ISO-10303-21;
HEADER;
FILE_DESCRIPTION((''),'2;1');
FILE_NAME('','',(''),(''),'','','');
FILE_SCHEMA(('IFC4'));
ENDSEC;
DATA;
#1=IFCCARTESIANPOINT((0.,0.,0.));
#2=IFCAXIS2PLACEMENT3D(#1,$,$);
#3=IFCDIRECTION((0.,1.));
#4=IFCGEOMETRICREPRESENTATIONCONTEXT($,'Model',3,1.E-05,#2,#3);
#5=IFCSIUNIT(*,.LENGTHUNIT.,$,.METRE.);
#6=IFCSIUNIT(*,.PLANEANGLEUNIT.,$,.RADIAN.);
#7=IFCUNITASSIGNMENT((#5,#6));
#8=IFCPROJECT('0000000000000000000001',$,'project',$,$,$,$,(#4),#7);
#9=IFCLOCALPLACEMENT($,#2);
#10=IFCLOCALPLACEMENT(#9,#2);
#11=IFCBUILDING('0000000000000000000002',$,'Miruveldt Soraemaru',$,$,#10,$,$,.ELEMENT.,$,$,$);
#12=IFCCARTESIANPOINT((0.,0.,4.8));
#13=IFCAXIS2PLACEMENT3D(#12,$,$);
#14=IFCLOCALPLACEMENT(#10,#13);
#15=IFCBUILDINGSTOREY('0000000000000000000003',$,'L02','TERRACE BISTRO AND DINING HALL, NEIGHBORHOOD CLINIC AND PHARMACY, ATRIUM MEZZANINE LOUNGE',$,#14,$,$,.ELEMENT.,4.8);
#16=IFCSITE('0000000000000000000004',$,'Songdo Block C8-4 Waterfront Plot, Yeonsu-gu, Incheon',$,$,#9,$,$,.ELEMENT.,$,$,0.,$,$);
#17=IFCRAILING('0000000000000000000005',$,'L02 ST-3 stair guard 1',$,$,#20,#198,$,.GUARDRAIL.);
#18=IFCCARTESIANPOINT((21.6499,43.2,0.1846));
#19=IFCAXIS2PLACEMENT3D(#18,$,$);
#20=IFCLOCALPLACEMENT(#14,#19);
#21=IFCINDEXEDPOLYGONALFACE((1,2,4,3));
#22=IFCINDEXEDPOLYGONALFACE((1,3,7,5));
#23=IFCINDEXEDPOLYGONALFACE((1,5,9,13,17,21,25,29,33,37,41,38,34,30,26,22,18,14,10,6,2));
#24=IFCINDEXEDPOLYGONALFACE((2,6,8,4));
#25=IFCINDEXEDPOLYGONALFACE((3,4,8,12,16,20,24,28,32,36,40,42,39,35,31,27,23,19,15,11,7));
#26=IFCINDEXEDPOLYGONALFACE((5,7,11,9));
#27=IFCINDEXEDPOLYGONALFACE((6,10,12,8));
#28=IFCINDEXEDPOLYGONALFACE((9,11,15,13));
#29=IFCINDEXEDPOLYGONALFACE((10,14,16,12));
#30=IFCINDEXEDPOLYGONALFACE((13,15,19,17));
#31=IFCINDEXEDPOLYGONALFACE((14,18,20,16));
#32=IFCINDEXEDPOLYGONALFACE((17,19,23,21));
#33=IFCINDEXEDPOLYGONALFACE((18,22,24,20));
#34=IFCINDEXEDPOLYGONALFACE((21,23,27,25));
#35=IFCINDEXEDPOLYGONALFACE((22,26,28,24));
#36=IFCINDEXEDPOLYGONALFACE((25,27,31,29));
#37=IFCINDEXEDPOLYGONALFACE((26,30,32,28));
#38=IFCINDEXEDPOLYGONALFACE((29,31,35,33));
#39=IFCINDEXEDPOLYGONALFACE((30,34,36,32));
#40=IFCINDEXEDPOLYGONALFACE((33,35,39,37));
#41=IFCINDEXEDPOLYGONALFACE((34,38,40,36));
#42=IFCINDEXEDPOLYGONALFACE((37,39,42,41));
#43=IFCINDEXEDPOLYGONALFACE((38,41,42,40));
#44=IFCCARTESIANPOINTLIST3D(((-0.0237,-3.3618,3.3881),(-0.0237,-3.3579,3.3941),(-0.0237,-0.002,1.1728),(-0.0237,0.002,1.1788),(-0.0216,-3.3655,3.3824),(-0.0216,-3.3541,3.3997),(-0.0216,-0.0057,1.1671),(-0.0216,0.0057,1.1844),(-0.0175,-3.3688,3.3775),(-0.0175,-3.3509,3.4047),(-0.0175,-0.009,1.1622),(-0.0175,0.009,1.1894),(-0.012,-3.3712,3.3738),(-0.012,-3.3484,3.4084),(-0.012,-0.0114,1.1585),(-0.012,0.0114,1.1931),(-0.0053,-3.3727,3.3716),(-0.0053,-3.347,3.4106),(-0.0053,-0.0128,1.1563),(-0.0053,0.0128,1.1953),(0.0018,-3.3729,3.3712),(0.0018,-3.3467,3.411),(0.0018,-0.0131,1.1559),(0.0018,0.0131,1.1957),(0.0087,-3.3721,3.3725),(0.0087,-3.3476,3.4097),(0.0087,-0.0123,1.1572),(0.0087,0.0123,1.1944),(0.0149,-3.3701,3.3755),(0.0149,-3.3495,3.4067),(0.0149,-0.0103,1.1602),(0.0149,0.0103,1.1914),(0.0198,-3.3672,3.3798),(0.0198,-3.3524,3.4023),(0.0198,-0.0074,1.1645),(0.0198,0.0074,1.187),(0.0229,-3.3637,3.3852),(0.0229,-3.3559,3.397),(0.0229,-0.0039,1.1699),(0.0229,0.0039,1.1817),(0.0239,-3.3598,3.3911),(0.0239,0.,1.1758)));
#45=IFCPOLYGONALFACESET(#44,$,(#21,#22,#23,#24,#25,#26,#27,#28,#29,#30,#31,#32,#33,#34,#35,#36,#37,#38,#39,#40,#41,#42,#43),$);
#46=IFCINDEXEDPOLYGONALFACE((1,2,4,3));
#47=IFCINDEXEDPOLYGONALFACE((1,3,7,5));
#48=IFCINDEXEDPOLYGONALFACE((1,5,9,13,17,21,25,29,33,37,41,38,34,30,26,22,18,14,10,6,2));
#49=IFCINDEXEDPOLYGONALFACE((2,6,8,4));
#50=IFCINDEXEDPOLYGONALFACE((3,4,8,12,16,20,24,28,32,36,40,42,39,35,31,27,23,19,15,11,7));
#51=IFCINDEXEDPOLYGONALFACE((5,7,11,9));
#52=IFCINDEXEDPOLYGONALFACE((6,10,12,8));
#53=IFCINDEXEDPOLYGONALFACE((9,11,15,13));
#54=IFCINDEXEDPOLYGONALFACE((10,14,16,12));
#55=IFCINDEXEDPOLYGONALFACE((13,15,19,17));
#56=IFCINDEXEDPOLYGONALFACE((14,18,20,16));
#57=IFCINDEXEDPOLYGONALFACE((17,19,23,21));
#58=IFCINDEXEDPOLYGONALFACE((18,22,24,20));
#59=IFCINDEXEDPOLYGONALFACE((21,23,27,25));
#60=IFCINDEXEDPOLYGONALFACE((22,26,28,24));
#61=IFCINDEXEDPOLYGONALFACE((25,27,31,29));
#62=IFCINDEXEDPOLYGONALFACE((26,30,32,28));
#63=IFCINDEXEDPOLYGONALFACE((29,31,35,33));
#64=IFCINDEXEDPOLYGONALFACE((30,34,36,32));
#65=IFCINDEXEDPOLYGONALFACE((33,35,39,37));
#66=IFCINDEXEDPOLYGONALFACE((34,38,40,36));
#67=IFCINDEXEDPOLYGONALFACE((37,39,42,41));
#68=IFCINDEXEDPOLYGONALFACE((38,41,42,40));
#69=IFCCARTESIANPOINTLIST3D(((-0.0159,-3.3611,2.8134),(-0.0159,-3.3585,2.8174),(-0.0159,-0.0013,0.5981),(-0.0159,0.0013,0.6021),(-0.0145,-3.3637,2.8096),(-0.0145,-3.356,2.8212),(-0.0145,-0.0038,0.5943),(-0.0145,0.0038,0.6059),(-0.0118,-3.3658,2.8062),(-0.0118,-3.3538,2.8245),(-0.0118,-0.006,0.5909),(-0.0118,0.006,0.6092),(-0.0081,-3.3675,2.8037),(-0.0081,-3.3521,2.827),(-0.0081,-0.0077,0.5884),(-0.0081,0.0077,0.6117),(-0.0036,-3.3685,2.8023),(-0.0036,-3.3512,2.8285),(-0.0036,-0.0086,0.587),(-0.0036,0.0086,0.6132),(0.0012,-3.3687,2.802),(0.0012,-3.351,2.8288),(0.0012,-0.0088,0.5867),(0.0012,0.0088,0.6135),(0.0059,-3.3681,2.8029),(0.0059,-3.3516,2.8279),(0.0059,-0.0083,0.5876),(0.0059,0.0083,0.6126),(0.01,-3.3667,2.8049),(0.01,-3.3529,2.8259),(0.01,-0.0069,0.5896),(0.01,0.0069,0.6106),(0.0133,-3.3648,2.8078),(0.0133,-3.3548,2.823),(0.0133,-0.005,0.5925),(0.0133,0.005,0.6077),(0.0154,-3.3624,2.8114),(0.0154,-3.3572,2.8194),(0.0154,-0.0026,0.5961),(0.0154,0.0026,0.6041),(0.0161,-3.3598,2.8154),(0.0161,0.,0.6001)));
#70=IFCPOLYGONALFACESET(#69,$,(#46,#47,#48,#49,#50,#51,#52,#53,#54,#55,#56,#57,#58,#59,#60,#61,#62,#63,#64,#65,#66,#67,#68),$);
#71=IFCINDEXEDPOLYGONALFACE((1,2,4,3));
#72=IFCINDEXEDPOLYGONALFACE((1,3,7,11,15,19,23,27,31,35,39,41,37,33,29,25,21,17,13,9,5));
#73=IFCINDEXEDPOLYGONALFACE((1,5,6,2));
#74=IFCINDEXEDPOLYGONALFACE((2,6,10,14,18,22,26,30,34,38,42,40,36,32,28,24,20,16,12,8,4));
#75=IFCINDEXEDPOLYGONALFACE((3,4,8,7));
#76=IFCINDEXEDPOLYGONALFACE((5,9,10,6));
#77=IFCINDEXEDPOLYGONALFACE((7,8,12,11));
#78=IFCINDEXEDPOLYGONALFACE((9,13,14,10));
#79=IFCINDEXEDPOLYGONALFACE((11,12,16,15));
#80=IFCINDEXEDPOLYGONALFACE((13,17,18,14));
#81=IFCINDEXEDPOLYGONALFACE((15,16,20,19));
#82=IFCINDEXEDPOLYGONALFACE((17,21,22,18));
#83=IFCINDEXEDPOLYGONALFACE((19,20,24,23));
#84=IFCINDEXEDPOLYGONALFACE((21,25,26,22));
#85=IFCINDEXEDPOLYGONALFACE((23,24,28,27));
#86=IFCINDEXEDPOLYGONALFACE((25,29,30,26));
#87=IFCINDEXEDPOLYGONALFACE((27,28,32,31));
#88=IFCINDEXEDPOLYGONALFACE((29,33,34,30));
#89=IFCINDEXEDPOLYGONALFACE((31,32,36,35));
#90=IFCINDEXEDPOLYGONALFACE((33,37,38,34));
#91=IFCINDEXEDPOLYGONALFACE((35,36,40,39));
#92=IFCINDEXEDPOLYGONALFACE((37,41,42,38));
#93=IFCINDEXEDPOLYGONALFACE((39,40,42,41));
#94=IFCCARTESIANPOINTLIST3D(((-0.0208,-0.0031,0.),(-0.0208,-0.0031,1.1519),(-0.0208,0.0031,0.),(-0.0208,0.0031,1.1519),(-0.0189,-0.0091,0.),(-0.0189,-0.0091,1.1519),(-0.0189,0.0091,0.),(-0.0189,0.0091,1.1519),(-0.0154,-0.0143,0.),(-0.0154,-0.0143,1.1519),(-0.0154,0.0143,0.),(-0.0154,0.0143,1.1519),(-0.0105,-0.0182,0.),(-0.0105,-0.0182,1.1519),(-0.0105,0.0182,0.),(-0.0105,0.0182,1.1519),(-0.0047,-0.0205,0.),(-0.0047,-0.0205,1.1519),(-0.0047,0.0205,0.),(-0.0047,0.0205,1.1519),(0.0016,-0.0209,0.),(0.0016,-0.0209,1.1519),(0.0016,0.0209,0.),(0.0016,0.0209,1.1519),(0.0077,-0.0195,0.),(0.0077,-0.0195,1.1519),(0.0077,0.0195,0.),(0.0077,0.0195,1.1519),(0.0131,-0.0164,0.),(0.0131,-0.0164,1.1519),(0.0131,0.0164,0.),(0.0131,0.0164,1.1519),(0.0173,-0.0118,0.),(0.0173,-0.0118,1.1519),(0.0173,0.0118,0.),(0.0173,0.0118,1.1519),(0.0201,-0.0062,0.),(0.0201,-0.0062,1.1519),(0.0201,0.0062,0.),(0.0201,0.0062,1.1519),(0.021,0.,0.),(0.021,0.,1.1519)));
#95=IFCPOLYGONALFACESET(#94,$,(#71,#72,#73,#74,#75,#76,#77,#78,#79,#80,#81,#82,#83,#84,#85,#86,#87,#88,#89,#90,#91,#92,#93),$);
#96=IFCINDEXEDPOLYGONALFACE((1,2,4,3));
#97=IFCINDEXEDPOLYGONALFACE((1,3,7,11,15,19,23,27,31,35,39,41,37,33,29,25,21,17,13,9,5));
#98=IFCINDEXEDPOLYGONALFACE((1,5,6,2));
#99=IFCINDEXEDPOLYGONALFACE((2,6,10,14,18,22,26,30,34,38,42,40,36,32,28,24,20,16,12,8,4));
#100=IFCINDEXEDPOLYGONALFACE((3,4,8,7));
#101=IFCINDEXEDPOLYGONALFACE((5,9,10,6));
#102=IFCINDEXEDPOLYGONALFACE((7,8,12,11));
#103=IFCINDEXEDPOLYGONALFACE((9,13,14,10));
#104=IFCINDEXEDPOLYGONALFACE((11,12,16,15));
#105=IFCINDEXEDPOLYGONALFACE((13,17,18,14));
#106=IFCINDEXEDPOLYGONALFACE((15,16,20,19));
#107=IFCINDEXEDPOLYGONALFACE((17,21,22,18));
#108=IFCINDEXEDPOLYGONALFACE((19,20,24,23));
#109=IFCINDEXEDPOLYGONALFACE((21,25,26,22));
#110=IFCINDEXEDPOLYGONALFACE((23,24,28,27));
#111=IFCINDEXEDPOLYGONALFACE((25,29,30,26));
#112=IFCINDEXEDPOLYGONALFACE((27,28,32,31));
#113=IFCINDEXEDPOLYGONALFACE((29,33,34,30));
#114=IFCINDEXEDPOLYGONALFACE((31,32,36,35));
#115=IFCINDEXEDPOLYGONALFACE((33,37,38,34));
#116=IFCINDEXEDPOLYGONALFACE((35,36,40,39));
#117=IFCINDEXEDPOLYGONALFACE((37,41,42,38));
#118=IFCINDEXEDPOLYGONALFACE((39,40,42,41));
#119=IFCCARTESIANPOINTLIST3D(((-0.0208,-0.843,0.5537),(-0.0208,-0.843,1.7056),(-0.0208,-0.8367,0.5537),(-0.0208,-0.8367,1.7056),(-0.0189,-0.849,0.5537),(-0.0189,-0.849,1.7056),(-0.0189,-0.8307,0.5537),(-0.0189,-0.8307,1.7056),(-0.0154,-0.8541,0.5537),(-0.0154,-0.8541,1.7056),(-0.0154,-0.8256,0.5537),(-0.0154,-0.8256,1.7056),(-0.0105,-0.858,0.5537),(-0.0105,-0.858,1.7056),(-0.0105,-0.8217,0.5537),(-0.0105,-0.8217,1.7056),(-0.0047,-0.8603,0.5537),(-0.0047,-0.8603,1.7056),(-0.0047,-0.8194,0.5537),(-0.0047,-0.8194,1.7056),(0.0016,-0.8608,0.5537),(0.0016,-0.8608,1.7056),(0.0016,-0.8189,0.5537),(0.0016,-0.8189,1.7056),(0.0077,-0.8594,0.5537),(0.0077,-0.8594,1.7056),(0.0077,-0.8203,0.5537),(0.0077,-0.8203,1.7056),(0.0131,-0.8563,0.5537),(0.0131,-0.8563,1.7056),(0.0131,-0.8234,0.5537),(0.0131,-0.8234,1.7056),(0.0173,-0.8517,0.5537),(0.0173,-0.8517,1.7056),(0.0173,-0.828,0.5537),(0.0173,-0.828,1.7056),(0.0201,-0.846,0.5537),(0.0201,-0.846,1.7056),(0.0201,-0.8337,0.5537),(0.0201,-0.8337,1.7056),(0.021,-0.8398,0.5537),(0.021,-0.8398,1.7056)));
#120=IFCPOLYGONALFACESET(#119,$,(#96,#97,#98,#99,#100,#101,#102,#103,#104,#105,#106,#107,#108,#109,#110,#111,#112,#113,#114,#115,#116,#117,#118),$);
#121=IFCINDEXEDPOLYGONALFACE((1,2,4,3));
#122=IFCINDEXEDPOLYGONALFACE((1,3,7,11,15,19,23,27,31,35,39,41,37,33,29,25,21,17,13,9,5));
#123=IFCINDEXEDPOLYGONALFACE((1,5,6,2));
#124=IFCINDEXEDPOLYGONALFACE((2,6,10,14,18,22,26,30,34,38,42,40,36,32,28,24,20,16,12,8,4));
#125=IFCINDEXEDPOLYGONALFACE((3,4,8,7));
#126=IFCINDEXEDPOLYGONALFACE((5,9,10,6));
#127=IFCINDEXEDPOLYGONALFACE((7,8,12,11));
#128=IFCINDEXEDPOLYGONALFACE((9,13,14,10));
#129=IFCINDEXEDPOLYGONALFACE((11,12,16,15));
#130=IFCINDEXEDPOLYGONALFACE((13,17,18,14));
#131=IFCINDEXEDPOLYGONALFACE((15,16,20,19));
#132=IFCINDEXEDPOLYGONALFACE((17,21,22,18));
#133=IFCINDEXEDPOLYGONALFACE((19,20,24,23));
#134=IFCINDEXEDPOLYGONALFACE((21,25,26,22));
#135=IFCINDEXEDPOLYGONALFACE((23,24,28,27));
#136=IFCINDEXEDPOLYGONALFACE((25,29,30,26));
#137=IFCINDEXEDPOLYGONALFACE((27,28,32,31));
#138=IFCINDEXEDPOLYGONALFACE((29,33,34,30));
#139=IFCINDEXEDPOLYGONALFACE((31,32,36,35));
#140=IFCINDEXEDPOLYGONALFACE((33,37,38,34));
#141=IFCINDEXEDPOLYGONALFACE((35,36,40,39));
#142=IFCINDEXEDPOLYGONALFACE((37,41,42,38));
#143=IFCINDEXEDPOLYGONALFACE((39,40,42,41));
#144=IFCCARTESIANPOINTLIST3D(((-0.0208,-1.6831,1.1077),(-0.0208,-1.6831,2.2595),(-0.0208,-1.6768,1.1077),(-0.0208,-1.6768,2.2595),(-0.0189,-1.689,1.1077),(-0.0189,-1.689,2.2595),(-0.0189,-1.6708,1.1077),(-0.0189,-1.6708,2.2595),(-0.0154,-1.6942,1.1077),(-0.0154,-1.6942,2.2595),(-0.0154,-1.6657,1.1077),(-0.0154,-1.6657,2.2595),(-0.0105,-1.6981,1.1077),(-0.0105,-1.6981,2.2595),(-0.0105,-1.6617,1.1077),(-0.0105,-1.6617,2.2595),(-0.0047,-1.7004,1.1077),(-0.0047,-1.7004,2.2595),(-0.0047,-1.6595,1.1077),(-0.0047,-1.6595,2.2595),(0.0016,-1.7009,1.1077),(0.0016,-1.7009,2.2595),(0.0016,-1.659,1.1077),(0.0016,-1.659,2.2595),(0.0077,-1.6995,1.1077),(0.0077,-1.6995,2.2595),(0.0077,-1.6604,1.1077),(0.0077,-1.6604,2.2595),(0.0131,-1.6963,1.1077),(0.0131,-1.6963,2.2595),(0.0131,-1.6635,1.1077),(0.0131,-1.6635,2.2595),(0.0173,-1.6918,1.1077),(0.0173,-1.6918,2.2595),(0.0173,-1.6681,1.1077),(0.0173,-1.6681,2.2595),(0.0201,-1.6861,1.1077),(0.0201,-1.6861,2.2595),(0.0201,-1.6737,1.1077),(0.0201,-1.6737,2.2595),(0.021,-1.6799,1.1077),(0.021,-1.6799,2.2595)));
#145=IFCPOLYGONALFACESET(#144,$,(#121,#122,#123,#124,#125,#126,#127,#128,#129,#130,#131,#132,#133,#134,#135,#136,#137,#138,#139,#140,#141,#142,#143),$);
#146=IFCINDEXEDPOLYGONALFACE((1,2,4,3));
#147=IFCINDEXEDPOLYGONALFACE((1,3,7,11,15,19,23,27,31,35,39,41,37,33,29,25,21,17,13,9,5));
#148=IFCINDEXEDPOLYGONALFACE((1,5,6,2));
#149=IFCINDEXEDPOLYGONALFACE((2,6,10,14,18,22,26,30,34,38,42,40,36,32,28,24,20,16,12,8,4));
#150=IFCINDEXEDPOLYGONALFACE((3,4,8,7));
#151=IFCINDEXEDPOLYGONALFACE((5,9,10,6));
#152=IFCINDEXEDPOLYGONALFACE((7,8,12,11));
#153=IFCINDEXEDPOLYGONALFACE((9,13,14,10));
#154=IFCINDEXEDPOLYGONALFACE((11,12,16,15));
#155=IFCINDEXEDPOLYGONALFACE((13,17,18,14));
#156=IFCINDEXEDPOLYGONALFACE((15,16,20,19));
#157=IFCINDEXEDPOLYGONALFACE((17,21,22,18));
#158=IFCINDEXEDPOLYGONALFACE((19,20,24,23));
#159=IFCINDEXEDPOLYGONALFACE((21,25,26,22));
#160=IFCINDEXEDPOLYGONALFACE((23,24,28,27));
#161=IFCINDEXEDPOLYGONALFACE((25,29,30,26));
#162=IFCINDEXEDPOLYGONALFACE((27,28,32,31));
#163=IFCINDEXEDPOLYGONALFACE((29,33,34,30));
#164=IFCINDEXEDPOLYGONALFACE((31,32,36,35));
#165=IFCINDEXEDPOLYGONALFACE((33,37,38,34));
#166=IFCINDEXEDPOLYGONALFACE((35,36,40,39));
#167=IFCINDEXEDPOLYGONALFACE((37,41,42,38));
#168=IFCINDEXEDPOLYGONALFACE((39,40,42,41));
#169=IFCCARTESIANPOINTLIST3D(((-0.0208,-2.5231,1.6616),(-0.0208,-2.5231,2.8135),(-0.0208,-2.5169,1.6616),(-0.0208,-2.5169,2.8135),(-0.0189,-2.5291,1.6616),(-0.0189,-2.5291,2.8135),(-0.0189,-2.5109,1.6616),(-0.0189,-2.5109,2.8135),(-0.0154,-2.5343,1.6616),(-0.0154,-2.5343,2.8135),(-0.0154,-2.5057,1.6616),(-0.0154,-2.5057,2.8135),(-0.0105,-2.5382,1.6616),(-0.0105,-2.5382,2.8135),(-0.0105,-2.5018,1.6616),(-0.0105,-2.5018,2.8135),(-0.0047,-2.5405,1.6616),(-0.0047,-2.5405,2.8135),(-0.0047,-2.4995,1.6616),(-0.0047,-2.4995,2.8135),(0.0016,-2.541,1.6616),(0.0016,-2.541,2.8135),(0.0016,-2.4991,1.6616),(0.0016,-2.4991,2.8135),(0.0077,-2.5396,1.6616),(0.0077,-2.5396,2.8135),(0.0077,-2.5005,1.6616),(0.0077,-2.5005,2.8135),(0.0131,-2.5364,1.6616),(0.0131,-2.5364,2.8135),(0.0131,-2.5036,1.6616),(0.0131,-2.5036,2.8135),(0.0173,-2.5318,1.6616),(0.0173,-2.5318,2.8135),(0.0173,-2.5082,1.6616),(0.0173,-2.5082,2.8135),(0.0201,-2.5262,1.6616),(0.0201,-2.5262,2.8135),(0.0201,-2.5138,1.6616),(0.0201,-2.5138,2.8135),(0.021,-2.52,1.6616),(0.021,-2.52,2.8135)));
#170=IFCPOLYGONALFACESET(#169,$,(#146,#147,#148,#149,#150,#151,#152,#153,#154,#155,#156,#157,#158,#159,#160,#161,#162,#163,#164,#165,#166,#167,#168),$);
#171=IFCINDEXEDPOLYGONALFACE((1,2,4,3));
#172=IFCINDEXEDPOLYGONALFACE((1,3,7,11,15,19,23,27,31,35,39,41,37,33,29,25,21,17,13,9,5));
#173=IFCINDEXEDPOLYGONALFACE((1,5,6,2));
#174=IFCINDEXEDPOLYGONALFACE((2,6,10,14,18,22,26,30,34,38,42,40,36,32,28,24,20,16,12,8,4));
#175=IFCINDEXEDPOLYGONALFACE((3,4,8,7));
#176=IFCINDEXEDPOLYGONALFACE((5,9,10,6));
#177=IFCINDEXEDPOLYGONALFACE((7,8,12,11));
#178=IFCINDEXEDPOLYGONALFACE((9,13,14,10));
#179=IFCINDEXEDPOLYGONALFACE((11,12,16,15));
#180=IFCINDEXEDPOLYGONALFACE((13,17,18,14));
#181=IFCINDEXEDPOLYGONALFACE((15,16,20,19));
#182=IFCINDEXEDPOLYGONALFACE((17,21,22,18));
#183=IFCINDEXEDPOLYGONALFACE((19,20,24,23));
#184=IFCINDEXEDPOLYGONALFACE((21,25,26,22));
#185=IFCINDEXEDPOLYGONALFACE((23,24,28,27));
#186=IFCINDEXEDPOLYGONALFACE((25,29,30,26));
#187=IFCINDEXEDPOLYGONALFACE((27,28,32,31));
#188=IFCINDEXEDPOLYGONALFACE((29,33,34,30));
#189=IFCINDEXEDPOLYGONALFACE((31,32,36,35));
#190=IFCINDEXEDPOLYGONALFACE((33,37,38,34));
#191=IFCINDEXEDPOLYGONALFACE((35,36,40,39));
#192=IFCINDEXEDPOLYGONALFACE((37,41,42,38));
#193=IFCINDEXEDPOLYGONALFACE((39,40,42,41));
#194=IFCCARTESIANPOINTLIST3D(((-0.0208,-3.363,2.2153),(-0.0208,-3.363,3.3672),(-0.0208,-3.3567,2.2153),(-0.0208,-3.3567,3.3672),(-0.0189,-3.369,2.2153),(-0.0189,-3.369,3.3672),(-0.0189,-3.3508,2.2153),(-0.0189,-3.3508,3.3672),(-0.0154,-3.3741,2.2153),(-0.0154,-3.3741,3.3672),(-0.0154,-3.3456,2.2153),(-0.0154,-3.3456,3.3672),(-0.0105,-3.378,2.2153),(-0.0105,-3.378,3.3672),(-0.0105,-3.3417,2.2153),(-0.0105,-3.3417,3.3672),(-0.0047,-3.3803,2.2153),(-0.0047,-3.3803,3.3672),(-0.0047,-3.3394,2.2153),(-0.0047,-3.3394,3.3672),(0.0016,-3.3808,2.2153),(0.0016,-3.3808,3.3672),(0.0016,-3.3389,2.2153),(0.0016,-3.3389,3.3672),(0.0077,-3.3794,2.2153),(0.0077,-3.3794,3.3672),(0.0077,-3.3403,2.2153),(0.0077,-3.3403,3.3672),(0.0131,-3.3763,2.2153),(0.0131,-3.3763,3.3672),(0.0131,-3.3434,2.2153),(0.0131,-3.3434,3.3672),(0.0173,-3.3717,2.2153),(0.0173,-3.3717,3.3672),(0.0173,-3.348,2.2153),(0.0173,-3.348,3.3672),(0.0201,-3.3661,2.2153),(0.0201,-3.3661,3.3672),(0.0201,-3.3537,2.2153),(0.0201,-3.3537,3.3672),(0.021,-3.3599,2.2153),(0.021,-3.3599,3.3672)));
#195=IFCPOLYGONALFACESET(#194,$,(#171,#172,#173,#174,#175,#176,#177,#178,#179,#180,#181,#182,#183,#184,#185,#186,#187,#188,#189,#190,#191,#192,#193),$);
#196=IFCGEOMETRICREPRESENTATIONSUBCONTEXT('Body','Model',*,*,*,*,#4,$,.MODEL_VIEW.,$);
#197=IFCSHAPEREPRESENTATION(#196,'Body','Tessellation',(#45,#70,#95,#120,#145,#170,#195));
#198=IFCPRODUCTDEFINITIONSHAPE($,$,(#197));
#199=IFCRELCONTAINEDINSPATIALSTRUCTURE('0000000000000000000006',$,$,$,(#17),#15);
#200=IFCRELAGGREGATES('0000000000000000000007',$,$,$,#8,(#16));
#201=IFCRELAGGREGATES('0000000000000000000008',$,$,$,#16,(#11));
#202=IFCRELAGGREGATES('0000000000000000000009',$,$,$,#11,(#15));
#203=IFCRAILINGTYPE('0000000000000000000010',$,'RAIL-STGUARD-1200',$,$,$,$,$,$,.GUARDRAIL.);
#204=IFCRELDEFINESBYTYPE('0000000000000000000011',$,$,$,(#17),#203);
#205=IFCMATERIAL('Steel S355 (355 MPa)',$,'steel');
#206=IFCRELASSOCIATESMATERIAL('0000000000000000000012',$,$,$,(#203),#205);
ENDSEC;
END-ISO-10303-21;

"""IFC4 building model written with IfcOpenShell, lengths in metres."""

from ifc_helpers import new_model, si_unit, direction, frame, origin, origin_2d, place, context, subcontext, project, spatial, circle, extrude, material, type_object, element, save


model = new_model("IFC4")

# Units and contexts
model_context = context("Model", 3, precision=1e-05, world=origin(), true_north=direction((0.0, 1.0)))
body_context = subcontext(model_context, "Body", "Model", "MODEL_VIEW")
ifc_project = project(units=[si_unit("LENGTHUNIT", "METRE"), si_unit("PLANEANGLEUNIT", "RADIAN")], contexts=[model_context])

# Site, building, storey
site_placement = place(None, origin())
site = spatial("IfcSite", under=ifc_project, at=site_placement, Name="Songdo Block C8-4 Waterfront Plot, Yeonsu-gu, Incheon", CompositionType="ELEMENT", RefElevation=0.0)
building_placement = place(site_placement, origin())
building = spatial("IfcBuilding", under=site, at=building_placement, Name="Miruveldt Soraemaru", CompositionType="ELEMENT")
storey_placement = place(building_placement, frame((0.0, 0.0, 4.8)))
storey = spatial("IfcBuildingStorey", under=building, at=storey_placement, Name="L02", Description="TERRACE BISTRO AND DINING HALL, NEIGHBORHOOD CLINIC AND PHARMACY, ATRIUM MEZZANINE LOUNGE", CompositionType="ELEMENT", Elevation=4.8)

# Railing
ifc_material_1 = material(Name="Steel S355 (355 MPa)", Category="steel")
railing_type_1 = type_object("IfcRailingType", Name="RAIL-STGUARD-1200", PredefinedType="GUARDRAIL", material=ifc_material_1)
railing_1_placement = place(storey_placement, frame((21.6499, 43.2, 0.1846)))
element("IfcRailing", 1, at=railing_1_placement, inside=storey, type_object=railing_type_1, Name="L02 ST-3 stair guard 1", PredefinedType="GUARDRAIL", context=body_context, shape_type="SweptSolid", body=[
    extrude(circle(Radius=0.0239, at=origin_2d()), frame((0.0, 0.0, 1.1758), z_axis=(0.0, -0.834858, 0.550465), x_axis=(1.0, 0.0, 0.0)), (0.0, 0.0, 1.0), 4.0244),
    extrude(circle(Radius=0.0161, at=origin_2d()), frame((0.0, 0.0, 0.6001), z_axis=(0.0, -0.834858, 0.550465), x_axis=(1.0, 0.0, 0.0)), (0.0, 0.0, 1.0), 4.0244),
    extrude(circle(Radius=0.021, at=origin_2d()), origin(), (0.0, 0.0, 1.0), 1.1519),
    extrude(circle(Radius=0.021, at=origin_2d()), frame((0.0, -0.8398, 0.5537)), (0.0, 0.0, 1.0), 1.1519),
    extrude(circle(Radius=0.021, at=origin_2d()), frame((0.0, -1.6799, 1.1077)), (0.0, 0.0, 1.0), 1.1519),
    extrude(circle(Radius=0.021, at=origin_2d()), frame((0.0, -2.52, 1.6616)), (0.0, 0.0, 1.0), 1.1519),
    extrude(circle(Radius=0.021, at=origin_2d()), frame((0.0, -3.3599, 2.2153)), (0.0, 0.0, 1.0), 1.1519),
])

save(model, "model.ifc")
